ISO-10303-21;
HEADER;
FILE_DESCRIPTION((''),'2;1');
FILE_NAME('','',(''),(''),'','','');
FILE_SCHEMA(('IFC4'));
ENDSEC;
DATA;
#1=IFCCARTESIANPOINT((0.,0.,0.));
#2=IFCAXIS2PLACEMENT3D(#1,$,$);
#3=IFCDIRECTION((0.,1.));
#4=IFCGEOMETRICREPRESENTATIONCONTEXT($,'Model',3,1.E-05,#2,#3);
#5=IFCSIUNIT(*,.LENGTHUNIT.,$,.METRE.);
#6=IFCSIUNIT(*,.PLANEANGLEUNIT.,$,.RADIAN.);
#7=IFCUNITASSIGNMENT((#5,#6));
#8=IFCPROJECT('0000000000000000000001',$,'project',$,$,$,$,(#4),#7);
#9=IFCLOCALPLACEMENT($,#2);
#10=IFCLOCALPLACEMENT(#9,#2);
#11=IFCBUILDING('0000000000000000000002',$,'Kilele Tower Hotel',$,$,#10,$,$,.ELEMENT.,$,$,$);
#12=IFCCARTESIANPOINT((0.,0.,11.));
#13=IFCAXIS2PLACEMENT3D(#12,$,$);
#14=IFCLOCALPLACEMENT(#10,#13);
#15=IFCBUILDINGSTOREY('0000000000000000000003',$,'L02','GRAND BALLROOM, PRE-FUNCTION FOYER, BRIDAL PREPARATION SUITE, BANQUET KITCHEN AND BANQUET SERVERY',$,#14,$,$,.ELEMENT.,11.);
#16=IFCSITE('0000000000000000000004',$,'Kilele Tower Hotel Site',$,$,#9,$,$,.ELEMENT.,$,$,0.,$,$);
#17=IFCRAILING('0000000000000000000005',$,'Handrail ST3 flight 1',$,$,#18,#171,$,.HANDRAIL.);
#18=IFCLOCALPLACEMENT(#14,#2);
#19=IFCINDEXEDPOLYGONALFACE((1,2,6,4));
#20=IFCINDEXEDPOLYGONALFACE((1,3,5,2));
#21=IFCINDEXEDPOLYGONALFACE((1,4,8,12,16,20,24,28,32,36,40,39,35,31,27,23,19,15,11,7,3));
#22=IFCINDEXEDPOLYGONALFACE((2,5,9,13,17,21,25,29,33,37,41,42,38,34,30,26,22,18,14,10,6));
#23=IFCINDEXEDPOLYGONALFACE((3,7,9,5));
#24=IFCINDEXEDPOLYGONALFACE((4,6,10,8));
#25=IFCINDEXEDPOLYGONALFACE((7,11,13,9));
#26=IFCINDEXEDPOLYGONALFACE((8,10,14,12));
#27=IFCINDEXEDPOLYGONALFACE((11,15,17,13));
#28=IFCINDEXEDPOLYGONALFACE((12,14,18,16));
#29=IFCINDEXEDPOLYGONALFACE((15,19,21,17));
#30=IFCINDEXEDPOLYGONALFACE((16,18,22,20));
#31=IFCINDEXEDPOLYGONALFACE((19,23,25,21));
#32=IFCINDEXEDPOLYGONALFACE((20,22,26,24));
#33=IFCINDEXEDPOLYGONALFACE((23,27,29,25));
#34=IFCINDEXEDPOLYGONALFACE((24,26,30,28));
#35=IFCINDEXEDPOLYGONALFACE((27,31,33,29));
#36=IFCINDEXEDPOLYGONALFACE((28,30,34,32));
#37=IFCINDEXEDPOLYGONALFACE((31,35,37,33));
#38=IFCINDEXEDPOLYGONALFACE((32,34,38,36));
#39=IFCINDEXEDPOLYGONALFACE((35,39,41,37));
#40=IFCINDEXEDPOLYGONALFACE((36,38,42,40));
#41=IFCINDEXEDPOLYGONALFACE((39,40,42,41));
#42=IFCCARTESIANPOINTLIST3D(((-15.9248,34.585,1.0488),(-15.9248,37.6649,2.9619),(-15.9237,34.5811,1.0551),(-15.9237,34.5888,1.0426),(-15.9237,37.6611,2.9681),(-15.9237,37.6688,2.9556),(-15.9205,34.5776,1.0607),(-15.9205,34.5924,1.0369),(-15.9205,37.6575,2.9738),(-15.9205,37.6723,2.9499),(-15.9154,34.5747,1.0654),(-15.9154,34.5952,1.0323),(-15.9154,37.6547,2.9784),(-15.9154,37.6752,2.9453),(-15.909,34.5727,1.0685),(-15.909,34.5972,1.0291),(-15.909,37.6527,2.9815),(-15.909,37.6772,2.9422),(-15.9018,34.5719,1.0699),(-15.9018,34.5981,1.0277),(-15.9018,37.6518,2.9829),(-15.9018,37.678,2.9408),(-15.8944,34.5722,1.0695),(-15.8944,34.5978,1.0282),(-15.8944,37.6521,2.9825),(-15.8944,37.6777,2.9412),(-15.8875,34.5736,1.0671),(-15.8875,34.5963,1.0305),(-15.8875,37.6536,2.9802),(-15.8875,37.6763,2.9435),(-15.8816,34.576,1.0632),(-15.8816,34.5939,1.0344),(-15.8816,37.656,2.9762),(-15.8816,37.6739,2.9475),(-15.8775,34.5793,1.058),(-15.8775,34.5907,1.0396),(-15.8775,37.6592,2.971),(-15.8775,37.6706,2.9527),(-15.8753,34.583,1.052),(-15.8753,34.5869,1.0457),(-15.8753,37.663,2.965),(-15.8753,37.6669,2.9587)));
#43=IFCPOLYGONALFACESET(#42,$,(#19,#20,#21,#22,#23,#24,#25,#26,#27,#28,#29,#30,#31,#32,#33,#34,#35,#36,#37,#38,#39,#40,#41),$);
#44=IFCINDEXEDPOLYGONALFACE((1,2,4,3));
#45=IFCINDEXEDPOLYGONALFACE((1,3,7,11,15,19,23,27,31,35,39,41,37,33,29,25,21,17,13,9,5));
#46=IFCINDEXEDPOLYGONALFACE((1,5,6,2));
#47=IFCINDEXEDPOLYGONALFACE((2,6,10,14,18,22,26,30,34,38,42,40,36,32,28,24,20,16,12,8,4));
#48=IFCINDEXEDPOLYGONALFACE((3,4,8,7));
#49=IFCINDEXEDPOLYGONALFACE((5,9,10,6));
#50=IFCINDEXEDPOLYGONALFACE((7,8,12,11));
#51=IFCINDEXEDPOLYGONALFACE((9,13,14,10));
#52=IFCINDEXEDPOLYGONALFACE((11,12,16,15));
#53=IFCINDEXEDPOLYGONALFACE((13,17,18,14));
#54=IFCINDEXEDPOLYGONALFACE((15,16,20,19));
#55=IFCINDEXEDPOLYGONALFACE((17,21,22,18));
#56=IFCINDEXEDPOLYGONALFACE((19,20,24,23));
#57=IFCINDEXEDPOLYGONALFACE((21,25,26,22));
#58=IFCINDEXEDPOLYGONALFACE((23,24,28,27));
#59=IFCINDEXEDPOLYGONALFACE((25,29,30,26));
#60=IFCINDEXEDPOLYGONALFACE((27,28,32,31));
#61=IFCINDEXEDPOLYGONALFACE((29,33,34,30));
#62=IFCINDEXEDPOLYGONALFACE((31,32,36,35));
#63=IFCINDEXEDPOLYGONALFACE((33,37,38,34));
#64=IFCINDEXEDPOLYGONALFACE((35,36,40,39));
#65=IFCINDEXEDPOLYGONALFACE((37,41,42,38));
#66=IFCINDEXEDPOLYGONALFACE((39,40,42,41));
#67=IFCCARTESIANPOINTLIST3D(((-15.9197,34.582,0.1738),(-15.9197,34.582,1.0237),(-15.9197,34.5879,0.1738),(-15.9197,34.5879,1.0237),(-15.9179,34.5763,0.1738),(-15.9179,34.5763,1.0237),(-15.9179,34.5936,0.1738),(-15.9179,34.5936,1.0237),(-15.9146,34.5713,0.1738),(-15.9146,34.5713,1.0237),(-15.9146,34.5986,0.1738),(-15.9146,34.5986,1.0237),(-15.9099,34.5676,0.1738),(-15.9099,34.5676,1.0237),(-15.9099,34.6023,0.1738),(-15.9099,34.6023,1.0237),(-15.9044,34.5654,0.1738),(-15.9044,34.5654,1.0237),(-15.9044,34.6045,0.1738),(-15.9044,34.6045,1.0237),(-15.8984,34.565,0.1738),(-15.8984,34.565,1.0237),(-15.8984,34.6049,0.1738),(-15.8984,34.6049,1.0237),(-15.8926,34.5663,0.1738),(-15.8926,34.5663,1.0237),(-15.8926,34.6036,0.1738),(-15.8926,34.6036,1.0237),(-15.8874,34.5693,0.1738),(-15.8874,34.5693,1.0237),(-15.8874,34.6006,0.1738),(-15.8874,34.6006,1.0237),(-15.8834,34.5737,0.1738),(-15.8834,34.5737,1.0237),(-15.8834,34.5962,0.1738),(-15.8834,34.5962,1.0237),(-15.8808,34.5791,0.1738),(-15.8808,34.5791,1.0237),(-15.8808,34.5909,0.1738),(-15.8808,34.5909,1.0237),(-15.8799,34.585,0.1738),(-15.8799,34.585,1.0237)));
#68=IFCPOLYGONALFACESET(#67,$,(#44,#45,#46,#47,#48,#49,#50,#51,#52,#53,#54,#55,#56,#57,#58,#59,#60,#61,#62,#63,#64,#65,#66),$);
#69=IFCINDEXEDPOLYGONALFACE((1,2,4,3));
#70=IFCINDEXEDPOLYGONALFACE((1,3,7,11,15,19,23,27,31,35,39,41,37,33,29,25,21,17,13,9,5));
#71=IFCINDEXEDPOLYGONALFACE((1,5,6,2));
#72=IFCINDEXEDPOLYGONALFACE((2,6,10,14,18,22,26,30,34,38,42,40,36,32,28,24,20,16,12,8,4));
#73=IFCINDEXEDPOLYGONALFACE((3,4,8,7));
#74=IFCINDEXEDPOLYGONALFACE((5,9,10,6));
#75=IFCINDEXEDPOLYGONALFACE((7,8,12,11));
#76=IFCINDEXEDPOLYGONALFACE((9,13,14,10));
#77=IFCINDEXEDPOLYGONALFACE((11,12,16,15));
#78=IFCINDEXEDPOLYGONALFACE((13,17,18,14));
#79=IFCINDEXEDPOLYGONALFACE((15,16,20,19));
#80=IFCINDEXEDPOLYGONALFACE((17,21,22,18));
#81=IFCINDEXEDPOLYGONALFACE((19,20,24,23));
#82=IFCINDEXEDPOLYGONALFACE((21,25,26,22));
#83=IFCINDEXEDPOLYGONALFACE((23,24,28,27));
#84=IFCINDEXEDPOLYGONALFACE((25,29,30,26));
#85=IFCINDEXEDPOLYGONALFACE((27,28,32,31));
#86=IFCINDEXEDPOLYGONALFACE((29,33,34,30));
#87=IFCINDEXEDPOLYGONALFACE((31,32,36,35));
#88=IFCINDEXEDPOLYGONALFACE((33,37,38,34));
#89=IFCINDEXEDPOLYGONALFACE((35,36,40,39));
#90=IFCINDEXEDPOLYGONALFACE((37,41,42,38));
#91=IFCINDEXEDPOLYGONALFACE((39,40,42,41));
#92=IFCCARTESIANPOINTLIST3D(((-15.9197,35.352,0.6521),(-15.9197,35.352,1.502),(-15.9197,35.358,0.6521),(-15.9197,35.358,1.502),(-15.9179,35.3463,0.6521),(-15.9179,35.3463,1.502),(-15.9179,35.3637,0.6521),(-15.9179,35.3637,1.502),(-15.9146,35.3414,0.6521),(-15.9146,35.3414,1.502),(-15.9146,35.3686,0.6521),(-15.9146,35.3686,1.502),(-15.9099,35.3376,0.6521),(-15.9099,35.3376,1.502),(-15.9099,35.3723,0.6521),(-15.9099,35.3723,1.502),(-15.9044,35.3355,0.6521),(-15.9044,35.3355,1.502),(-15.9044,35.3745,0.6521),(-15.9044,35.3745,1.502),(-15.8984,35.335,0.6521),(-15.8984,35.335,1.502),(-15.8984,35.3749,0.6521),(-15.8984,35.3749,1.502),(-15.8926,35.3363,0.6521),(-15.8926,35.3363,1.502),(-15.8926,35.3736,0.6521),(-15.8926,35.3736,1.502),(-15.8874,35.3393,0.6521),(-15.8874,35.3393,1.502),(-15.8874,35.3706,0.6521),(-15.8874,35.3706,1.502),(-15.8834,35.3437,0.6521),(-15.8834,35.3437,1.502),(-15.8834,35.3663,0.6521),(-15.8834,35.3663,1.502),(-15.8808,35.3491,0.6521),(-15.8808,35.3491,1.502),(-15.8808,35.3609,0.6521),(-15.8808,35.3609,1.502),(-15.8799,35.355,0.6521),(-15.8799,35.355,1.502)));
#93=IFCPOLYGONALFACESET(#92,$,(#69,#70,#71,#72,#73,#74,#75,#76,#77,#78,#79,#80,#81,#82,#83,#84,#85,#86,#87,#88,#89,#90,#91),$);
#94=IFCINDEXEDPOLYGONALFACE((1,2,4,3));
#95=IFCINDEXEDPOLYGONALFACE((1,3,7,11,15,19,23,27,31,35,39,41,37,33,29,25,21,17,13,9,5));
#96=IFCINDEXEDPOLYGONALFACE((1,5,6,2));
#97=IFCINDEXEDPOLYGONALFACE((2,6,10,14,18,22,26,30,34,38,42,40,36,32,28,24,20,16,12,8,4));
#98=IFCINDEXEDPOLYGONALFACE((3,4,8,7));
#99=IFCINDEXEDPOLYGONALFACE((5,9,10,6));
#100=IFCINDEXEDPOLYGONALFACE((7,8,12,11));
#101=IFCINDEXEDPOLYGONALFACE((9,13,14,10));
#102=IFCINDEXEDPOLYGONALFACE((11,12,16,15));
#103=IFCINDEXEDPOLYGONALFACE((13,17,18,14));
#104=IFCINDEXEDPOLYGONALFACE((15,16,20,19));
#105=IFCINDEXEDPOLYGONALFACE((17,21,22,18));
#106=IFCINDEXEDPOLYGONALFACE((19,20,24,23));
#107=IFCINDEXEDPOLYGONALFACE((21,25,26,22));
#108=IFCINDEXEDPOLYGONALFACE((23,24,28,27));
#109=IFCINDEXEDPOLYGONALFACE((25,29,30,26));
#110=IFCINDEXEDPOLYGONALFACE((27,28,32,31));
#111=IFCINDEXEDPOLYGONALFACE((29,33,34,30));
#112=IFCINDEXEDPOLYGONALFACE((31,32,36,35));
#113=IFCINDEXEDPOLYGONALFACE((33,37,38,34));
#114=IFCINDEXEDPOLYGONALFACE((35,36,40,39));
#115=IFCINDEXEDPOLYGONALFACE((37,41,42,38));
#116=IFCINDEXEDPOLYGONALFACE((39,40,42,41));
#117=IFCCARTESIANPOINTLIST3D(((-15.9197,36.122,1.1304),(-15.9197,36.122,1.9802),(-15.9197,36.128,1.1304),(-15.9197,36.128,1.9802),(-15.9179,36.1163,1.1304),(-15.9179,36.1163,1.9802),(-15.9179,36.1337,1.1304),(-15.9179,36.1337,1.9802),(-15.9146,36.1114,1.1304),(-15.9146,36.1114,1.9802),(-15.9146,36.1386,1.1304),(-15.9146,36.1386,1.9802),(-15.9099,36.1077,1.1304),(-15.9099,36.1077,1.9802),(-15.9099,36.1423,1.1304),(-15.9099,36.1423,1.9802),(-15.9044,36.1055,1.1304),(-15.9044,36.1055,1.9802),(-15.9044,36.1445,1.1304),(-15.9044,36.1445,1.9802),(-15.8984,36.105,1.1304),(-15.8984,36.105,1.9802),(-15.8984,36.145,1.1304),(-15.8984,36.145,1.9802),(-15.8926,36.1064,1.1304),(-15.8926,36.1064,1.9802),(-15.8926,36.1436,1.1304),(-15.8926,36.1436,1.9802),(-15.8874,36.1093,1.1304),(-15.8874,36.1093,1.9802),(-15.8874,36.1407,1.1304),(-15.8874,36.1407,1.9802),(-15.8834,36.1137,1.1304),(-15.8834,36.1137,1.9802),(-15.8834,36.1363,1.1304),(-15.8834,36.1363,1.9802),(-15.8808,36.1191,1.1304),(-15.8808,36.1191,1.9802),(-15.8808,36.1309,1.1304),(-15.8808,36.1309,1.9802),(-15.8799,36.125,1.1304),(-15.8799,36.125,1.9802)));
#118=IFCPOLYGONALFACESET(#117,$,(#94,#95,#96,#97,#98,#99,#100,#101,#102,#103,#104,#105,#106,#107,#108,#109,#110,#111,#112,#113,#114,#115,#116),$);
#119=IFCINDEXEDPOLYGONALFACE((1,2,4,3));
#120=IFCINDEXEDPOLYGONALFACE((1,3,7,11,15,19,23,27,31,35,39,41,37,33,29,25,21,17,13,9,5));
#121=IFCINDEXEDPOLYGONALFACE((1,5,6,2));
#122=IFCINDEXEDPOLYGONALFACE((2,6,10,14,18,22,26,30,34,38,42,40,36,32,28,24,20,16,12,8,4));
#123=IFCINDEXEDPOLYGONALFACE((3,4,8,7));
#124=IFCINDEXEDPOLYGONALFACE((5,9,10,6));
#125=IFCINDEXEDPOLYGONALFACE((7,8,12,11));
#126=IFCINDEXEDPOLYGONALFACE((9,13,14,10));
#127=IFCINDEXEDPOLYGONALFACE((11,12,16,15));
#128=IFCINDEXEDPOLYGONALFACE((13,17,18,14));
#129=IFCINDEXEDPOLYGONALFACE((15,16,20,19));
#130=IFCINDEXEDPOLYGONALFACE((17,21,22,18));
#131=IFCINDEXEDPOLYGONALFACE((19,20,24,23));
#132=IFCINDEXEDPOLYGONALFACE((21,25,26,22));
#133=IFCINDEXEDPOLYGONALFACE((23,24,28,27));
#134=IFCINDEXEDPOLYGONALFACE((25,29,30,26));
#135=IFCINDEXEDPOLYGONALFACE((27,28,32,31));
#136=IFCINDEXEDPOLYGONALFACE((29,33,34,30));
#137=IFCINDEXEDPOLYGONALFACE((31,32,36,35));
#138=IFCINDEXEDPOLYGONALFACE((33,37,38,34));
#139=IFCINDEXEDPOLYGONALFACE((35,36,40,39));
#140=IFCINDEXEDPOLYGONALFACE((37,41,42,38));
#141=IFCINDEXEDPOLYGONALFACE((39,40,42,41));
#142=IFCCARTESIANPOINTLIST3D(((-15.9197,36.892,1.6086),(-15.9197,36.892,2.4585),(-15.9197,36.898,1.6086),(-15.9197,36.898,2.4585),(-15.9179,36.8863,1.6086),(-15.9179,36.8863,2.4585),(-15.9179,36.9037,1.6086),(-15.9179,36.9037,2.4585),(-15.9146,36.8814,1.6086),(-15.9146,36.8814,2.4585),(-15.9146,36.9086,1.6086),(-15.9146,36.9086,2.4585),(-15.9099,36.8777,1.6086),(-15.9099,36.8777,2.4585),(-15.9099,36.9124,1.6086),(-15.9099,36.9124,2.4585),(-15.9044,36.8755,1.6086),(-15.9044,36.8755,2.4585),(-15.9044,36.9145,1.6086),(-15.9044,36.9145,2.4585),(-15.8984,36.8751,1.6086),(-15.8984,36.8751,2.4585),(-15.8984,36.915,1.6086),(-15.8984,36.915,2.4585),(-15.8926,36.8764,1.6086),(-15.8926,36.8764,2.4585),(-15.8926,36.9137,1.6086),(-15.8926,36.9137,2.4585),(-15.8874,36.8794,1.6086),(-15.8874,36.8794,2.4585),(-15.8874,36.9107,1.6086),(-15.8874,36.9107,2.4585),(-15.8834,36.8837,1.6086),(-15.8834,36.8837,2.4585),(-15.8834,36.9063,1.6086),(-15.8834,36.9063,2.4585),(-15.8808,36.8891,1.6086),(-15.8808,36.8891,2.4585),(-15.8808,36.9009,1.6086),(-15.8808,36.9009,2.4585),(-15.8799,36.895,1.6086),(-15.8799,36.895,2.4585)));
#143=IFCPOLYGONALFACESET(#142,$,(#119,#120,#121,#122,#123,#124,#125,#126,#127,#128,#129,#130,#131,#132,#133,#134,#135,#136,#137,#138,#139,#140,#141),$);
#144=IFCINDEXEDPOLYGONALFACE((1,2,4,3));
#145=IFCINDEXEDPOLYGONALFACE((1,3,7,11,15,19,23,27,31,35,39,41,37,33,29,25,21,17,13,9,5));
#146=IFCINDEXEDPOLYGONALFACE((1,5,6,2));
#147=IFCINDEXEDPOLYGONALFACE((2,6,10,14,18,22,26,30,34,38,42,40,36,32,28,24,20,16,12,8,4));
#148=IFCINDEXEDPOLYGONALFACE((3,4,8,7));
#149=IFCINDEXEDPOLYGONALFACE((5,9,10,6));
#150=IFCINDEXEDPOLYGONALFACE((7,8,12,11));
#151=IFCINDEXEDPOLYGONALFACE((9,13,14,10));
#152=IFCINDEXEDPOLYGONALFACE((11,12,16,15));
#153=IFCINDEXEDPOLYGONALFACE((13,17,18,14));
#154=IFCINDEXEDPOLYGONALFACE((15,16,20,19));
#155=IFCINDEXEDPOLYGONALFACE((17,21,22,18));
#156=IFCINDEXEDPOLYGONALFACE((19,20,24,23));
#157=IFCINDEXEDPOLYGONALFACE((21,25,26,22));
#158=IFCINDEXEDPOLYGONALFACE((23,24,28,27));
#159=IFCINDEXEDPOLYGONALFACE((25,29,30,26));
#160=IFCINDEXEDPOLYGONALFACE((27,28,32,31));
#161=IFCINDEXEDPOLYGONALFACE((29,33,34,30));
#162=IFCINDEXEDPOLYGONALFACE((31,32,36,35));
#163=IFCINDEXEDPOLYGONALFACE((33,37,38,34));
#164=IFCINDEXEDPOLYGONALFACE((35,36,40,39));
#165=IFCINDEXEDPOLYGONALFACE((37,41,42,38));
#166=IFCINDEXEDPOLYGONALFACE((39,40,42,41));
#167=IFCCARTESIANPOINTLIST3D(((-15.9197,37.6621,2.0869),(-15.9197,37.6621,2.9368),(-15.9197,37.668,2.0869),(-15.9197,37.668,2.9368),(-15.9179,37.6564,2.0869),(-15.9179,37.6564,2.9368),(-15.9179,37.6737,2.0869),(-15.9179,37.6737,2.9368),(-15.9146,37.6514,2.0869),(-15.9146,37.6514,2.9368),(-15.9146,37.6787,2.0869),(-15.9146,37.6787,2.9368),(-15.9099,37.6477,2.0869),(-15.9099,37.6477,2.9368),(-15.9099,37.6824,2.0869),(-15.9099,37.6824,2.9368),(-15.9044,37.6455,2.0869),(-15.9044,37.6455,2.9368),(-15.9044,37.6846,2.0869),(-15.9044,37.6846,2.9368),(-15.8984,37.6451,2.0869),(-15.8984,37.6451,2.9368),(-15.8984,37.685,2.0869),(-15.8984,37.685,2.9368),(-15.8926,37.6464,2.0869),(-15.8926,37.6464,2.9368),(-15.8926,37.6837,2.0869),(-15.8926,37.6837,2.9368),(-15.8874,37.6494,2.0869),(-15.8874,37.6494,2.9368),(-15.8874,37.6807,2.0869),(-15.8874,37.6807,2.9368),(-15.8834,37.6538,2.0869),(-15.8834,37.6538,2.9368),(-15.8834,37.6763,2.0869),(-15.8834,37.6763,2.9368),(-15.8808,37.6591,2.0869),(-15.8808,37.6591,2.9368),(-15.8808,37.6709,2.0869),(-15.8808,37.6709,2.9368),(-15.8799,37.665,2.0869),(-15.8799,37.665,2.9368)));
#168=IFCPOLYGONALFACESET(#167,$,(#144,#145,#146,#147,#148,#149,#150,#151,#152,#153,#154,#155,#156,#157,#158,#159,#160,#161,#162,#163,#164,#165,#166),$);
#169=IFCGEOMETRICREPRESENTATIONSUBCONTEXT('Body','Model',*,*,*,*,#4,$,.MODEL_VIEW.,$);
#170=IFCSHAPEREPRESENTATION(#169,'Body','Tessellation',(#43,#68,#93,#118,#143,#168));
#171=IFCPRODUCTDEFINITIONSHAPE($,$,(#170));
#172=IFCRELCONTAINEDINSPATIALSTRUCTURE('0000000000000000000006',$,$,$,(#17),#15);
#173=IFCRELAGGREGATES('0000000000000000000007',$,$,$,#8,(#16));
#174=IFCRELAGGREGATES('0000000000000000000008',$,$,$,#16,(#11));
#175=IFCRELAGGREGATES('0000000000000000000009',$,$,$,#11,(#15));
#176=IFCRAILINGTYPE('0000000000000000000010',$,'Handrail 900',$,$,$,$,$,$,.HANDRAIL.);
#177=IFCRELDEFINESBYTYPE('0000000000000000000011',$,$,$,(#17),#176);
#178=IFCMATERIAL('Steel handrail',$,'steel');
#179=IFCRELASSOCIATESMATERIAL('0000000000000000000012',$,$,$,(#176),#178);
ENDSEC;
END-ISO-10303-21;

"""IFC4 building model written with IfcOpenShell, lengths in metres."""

from ifc_helpers import new_model, si_unit, direction, frame, origin, origin_2d, place, context, subcontext, project, spatial, circle, extrude, material, type_object, element, save


model = new_model("IFC4")

# Units and contexts
model_context = context("Model", 3, precision=1e-05, world=origin(), true_north=direction((0.0, 1.0)))
body_context = subcontext(model_context, "Body", "Model", "MODEL_VIEW")
ifc_project = project(units=[si_unit("LENGTHUNIT", "METRE"), si_unit("PLANEANGLEUNIT", "RADIAN")], contexts=[model_context])

# Site, building, storey
site_placement = place(None, origin())
site = spatial("IfcSite", under=ifc_project, at=site_placement, Name="Kilele Tower Hotel Site", CompositionType="ELEMENT", RefElevation=0.0)
building_placement = place(site_placement, origin())
building = spatial("IfcBuilding", under=site, at=building_placement, Name="Kilele Tower Hotel", CompositionType="ELEMENT")
storey_placement = place(building_placement, frame((0.0, 0.0, 11.0)))
storey = spatial("IfcBuildingStorey", under=building, at=storey_placement, Name="L02", Description="GRAND BALLROOM, PRE-FUNCTION FOYER, BRIDAL PREPARATION SUITE, BANQUET KITCHEN AND BANQUET SERVERY", CompositionType="ELEMENT", Elevation=11.0)

# Railing
ifc_material_1 = material(Name="Steel handrail", Category="steel")
railing_type_1 = type_object("IfcRailingType", Name="Handrail 900", PredefinedType="HANDRAIL", material=ifc_material_1)
for number, where, name in (
    (1, (-15.8999, 34.585, 0.1738), "Handrail ST3 flight 1"),
):
    element("IfcRailing", number, at=place(storey_placement, frame(where)), inside=storey, type_object=railing_type_1, Name=name, PredefinedType="HANDRAIL", context=body_context, shape_type="SweptSolid", body=[
        extrude(circle(Radius=0.0249, at=origin_2d()), frame((0.0, 0.0, 0.875), z_axis=(0.0, 0.849478, 0.527624), x_axis=(-1.0, 0.0, 0.0)), (0.0, 0.0, 1.0), 3.6257),
        extrude(circle(Radius=0.02, at=origin_2d()), origin(), (0.0, 0.0, 1.0), 0.8499),
        extrude(circle(Radius=0.02, at=origin_2d()), frame((0.0, 0.77, 0.4783)), (0.0, 0.0, 1.0), 0.8499),
        extrude(circle(Radius=0.02, at=origin_2d()), frame((0.0, 1.54, 0.9565)), (0.0, 0.0, 1.0), 0.8499),
        extrude(circle(Radius=0.02, at=origin_2d()), frame((0.0, 2.3101, 1.4348)), (0.0, 0.0, 1.0), 0.8499),
        extrude(circle(Radius=0.02, at=origin_2d()), frame((0.0, 3.0801, 1.9131)), (0.0, 0.0, 1.0), 0.8499),
    ])

save(model, "model.ifc")
